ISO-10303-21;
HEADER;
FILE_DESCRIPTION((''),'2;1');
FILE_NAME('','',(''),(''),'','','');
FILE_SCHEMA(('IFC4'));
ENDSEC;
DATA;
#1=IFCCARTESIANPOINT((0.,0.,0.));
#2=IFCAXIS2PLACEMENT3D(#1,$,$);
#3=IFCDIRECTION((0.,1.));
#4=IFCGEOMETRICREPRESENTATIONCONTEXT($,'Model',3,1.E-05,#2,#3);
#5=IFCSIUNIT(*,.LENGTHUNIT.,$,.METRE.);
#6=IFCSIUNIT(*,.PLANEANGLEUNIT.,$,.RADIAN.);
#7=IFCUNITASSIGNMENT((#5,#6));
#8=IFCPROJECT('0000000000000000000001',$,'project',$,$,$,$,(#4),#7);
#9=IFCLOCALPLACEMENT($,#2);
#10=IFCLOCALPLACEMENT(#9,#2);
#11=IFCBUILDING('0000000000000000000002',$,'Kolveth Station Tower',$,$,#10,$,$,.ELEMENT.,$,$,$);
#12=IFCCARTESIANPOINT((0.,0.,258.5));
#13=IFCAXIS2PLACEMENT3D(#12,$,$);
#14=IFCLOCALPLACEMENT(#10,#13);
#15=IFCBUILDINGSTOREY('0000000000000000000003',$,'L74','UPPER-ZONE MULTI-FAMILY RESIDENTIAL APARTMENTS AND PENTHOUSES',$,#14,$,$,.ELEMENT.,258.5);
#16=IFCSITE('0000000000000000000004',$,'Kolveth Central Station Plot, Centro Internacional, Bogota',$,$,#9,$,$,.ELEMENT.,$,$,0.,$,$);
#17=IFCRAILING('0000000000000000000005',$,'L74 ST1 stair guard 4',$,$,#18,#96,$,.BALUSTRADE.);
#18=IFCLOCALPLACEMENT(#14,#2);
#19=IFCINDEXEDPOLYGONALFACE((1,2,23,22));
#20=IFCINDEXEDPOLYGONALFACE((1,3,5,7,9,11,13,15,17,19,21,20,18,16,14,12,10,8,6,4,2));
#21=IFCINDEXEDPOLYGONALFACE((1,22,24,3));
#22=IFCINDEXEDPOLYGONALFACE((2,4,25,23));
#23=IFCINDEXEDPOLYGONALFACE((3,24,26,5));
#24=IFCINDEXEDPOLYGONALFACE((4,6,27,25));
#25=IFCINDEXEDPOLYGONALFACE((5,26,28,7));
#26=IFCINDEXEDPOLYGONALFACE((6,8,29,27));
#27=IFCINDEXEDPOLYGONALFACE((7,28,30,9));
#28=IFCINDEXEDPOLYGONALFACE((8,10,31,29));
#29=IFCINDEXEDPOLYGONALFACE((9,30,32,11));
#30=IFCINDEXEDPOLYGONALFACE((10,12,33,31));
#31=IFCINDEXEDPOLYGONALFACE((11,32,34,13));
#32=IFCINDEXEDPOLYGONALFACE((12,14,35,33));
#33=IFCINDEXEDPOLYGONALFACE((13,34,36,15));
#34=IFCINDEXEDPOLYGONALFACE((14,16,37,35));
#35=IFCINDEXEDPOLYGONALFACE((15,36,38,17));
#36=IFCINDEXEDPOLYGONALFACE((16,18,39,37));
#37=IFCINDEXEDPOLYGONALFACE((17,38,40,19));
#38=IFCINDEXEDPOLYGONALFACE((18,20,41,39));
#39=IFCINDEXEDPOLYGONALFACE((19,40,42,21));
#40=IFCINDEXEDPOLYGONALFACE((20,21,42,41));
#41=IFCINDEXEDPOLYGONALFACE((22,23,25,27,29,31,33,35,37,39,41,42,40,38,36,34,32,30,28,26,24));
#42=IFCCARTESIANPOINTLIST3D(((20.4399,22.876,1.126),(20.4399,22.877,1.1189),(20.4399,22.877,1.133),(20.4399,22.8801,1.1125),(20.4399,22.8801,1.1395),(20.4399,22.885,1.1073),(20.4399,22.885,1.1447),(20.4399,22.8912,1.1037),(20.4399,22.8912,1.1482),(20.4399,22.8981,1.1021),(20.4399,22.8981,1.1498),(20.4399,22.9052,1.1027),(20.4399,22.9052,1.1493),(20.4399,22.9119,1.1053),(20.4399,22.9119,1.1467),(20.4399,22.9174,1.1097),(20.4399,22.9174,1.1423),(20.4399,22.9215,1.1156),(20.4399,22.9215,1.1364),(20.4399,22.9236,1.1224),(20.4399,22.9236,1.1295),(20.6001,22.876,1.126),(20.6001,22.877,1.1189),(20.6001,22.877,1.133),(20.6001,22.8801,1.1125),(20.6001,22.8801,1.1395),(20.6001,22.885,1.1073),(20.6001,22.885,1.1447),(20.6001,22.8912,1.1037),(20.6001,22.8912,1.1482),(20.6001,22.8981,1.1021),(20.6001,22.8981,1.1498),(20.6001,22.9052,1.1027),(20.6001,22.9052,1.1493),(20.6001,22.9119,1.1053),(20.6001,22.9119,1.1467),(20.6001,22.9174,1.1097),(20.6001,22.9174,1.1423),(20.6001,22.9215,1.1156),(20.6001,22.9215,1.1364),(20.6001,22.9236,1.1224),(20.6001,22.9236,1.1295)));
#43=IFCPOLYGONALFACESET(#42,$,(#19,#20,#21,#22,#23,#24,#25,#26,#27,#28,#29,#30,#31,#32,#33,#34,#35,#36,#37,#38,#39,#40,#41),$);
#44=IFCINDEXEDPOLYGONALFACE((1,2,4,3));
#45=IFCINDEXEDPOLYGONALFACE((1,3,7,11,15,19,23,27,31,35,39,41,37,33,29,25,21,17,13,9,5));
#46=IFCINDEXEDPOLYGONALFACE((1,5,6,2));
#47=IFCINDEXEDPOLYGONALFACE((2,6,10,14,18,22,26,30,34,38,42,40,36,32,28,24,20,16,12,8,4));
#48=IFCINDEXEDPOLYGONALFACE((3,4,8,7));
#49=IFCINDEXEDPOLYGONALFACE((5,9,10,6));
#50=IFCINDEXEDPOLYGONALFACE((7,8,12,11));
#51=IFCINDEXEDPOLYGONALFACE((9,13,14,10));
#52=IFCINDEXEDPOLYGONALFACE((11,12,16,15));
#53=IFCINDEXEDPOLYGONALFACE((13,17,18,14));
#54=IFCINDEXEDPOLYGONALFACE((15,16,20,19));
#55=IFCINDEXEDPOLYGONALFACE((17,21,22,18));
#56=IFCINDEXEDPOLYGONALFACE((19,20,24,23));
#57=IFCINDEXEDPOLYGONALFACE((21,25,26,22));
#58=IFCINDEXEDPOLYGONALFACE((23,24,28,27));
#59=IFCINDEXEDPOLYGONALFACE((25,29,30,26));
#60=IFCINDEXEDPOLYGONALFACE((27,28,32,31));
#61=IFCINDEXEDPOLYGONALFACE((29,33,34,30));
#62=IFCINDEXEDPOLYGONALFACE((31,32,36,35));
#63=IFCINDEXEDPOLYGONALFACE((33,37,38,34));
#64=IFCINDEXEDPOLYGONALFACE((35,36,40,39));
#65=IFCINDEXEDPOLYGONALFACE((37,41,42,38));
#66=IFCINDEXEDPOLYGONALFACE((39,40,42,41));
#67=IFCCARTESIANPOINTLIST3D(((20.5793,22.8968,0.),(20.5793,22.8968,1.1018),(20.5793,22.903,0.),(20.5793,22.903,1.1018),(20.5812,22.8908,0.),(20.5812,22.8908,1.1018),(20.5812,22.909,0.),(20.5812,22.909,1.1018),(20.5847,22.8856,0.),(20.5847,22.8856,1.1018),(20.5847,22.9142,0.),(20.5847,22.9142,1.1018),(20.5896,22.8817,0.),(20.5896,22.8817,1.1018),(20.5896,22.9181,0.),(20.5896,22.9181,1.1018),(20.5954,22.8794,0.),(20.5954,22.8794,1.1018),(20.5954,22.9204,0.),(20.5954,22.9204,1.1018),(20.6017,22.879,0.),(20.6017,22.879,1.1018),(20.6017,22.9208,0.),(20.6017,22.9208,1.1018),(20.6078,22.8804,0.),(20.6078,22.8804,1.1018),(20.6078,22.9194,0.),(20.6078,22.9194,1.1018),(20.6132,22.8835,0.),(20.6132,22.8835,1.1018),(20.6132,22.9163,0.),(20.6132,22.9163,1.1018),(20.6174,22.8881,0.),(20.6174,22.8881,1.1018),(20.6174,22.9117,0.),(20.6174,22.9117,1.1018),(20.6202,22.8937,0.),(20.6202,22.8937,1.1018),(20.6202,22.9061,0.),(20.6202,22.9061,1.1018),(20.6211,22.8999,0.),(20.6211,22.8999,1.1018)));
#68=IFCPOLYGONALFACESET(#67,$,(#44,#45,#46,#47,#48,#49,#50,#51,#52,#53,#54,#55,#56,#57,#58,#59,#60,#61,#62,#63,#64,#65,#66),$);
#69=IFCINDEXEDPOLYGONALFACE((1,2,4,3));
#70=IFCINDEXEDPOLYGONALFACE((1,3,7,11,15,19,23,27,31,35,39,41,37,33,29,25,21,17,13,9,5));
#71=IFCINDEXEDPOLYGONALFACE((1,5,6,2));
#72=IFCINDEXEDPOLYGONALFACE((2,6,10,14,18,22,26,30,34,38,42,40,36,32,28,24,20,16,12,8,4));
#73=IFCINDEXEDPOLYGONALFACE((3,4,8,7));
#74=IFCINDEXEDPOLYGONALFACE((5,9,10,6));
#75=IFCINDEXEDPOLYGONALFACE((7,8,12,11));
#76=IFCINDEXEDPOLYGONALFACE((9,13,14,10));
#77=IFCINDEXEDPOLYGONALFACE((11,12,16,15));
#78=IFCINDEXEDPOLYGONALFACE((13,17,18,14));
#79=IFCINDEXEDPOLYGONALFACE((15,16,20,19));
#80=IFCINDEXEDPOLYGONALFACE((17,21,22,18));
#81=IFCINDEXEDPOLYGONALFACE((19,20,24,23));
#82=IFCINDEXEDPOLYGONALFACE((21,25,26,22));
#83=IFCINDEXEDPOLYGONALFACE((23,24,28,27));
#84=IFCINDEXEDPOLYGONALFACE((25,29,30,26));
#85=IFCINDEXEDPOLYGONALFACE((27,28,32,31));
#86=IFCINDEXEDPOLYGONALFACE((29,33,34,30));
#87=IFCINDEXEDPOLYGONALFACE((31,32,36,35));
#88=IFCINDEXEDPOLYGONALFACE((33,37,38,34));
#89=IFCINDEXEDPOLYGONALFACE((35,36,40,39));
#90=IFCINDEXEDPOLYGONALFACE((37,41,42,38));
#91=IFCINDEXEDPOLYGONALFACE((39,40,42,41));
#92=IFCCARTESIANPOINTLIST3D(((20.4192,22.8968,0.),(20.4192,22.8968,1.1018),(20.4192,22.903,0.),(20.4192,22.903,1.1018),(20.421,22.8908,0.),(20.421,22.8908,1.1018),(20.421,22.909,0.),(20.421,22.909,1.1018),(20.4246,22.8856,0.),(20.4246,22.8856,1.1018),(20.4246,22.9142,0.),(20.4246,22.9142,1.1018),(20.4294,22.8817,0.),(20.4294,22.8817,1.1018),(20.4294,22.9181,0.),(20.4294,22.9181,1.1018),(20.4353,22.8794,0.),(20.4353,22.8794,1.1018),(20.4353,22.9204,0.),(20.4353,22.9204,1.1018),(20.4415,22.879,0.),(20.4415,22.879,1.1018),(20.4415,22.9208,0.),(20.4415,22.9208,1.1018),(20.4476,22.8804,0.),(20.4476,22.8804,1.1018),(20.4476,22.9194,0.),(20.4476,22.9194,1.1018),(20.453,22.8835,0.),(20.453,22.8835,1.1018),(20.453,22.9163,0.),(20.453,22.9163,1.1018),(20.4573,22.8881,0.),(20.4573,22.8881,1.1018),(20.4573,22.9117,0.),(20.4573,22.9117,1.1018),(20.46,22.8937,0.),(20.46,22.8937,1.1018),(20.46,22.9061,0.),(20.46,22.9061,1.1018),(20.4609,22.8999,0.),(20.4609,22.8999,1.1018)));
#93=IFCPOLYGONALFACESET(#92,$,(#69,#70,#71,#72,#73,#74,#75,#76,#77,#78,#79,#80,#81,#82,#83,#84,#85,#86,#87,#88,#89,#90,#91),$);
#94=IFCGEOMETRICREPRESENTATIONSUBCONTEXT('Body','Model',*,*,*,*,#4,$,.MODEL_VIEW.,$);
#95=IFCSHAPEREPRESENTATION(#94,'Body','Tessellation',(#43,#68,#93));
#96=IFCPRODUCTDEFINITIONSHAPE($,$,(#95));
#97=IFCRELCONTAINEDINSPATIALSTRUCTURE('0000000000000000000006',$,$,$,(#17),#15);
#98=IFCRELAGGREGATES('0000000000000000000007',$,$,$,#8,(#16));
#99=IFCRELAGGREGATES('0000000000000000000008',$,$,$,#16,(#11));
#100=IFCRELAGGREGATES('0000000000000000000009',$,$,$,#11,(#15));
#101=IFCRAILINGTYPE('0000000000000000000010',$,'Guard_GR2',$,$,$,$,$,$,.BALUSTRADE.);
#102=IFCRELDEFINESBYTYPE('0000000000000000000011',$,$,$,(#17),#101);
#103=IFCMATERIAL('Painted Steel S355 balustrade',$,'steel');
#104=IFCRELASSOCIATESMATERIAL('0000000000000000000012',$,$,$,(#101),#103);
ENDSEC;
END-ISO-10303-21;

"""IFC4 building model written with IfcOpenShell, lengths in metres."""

from ifc_helpers import new_model, si_unit, direction, frame, origin, origin_2d, place, context, subcontext, project, spatial, circle, extrude, material, type_object, element, save


model = new_model("IFC4")

# Units and contexts
model_context = context("Model", 3, precision=1e-05, world=origin(), true_north=direction((0.0, 1.0)))
body_context = subcontext(model_context, "Body", "Model", "MODEL_VIEW")
ifc_project = project(units=[si_unit("LENGTHUNIT", "METRE"), si_unit("PLANEANGLEUNIT", "RADIAN")], contexts=[model_context])

# Site, building, storey
site_placement = place(None, origin())
site = spatial("IfcSite", under=ifc_project, at=site_placement, Name="Kolveth Central Station Plot, Centro Internacional, Bogota", CompositionType="ELEMENT", RefElevation=0.0)
building_placement = place(site_placement, origin())
building = spatial("IfcBuilding", under=site, at=building_placement, Name="Kolveth Station Tower", CompositionType="ELEMENT")
storey_placement = place(building_placement, frame((0.0, 0.0, 258.5)))
storey = spatial("IfcBuildingStorey", under=building, at=storey_placement, Name="L74", Description="UPPER-ZONE MULTI-FAMILY RESIDENTIAL APARTMENTS AND PENTHOUSES", CompositionType="ELEMENT", Elevation=258.5)

# Railing
ifc_material_1 = material(Name="Painted Steel S355 balustrade", Category="steel")
railing_type_1 = type_object("IfcRailingType", Name="Guard_GR2", PredefinedType="BALUSTRADE", material=ifc_material_1)
railing_1_placement = place(storey_placement, frame((20.6001, 22.8999, 0.0)))
element("IfcRailing", 1, at=railing_1_placement, inside=storey, type_object=railing_type_1, Name="L74 ST1 stair guard 4", PredefinedType="BALUSTRADE", context=body_context, shape_type="SweptSolid", body=[
    extrude(circle(Radius=0.0239, at=origin_2d()), frame((0.0, 0.0, 1.126), z_axis=(-1.0, 0.0, 0.0), x_axis=(0.0, -1.0, 0.0)), (0.0, 0.0, 1.0), 0.1602),
    extrude(circle(Radius=0.021, at=origin_2d()), origin(), (0.0, 0.0, 1.0), 1.1018),
    extrude(circle(Radius=0.021, at=origin_2d()), frame((-0.1602, 0.0, 0.0)), (0.0, 0.0, 1.0), 1.1018),
])

save(model, "model.ifc")
